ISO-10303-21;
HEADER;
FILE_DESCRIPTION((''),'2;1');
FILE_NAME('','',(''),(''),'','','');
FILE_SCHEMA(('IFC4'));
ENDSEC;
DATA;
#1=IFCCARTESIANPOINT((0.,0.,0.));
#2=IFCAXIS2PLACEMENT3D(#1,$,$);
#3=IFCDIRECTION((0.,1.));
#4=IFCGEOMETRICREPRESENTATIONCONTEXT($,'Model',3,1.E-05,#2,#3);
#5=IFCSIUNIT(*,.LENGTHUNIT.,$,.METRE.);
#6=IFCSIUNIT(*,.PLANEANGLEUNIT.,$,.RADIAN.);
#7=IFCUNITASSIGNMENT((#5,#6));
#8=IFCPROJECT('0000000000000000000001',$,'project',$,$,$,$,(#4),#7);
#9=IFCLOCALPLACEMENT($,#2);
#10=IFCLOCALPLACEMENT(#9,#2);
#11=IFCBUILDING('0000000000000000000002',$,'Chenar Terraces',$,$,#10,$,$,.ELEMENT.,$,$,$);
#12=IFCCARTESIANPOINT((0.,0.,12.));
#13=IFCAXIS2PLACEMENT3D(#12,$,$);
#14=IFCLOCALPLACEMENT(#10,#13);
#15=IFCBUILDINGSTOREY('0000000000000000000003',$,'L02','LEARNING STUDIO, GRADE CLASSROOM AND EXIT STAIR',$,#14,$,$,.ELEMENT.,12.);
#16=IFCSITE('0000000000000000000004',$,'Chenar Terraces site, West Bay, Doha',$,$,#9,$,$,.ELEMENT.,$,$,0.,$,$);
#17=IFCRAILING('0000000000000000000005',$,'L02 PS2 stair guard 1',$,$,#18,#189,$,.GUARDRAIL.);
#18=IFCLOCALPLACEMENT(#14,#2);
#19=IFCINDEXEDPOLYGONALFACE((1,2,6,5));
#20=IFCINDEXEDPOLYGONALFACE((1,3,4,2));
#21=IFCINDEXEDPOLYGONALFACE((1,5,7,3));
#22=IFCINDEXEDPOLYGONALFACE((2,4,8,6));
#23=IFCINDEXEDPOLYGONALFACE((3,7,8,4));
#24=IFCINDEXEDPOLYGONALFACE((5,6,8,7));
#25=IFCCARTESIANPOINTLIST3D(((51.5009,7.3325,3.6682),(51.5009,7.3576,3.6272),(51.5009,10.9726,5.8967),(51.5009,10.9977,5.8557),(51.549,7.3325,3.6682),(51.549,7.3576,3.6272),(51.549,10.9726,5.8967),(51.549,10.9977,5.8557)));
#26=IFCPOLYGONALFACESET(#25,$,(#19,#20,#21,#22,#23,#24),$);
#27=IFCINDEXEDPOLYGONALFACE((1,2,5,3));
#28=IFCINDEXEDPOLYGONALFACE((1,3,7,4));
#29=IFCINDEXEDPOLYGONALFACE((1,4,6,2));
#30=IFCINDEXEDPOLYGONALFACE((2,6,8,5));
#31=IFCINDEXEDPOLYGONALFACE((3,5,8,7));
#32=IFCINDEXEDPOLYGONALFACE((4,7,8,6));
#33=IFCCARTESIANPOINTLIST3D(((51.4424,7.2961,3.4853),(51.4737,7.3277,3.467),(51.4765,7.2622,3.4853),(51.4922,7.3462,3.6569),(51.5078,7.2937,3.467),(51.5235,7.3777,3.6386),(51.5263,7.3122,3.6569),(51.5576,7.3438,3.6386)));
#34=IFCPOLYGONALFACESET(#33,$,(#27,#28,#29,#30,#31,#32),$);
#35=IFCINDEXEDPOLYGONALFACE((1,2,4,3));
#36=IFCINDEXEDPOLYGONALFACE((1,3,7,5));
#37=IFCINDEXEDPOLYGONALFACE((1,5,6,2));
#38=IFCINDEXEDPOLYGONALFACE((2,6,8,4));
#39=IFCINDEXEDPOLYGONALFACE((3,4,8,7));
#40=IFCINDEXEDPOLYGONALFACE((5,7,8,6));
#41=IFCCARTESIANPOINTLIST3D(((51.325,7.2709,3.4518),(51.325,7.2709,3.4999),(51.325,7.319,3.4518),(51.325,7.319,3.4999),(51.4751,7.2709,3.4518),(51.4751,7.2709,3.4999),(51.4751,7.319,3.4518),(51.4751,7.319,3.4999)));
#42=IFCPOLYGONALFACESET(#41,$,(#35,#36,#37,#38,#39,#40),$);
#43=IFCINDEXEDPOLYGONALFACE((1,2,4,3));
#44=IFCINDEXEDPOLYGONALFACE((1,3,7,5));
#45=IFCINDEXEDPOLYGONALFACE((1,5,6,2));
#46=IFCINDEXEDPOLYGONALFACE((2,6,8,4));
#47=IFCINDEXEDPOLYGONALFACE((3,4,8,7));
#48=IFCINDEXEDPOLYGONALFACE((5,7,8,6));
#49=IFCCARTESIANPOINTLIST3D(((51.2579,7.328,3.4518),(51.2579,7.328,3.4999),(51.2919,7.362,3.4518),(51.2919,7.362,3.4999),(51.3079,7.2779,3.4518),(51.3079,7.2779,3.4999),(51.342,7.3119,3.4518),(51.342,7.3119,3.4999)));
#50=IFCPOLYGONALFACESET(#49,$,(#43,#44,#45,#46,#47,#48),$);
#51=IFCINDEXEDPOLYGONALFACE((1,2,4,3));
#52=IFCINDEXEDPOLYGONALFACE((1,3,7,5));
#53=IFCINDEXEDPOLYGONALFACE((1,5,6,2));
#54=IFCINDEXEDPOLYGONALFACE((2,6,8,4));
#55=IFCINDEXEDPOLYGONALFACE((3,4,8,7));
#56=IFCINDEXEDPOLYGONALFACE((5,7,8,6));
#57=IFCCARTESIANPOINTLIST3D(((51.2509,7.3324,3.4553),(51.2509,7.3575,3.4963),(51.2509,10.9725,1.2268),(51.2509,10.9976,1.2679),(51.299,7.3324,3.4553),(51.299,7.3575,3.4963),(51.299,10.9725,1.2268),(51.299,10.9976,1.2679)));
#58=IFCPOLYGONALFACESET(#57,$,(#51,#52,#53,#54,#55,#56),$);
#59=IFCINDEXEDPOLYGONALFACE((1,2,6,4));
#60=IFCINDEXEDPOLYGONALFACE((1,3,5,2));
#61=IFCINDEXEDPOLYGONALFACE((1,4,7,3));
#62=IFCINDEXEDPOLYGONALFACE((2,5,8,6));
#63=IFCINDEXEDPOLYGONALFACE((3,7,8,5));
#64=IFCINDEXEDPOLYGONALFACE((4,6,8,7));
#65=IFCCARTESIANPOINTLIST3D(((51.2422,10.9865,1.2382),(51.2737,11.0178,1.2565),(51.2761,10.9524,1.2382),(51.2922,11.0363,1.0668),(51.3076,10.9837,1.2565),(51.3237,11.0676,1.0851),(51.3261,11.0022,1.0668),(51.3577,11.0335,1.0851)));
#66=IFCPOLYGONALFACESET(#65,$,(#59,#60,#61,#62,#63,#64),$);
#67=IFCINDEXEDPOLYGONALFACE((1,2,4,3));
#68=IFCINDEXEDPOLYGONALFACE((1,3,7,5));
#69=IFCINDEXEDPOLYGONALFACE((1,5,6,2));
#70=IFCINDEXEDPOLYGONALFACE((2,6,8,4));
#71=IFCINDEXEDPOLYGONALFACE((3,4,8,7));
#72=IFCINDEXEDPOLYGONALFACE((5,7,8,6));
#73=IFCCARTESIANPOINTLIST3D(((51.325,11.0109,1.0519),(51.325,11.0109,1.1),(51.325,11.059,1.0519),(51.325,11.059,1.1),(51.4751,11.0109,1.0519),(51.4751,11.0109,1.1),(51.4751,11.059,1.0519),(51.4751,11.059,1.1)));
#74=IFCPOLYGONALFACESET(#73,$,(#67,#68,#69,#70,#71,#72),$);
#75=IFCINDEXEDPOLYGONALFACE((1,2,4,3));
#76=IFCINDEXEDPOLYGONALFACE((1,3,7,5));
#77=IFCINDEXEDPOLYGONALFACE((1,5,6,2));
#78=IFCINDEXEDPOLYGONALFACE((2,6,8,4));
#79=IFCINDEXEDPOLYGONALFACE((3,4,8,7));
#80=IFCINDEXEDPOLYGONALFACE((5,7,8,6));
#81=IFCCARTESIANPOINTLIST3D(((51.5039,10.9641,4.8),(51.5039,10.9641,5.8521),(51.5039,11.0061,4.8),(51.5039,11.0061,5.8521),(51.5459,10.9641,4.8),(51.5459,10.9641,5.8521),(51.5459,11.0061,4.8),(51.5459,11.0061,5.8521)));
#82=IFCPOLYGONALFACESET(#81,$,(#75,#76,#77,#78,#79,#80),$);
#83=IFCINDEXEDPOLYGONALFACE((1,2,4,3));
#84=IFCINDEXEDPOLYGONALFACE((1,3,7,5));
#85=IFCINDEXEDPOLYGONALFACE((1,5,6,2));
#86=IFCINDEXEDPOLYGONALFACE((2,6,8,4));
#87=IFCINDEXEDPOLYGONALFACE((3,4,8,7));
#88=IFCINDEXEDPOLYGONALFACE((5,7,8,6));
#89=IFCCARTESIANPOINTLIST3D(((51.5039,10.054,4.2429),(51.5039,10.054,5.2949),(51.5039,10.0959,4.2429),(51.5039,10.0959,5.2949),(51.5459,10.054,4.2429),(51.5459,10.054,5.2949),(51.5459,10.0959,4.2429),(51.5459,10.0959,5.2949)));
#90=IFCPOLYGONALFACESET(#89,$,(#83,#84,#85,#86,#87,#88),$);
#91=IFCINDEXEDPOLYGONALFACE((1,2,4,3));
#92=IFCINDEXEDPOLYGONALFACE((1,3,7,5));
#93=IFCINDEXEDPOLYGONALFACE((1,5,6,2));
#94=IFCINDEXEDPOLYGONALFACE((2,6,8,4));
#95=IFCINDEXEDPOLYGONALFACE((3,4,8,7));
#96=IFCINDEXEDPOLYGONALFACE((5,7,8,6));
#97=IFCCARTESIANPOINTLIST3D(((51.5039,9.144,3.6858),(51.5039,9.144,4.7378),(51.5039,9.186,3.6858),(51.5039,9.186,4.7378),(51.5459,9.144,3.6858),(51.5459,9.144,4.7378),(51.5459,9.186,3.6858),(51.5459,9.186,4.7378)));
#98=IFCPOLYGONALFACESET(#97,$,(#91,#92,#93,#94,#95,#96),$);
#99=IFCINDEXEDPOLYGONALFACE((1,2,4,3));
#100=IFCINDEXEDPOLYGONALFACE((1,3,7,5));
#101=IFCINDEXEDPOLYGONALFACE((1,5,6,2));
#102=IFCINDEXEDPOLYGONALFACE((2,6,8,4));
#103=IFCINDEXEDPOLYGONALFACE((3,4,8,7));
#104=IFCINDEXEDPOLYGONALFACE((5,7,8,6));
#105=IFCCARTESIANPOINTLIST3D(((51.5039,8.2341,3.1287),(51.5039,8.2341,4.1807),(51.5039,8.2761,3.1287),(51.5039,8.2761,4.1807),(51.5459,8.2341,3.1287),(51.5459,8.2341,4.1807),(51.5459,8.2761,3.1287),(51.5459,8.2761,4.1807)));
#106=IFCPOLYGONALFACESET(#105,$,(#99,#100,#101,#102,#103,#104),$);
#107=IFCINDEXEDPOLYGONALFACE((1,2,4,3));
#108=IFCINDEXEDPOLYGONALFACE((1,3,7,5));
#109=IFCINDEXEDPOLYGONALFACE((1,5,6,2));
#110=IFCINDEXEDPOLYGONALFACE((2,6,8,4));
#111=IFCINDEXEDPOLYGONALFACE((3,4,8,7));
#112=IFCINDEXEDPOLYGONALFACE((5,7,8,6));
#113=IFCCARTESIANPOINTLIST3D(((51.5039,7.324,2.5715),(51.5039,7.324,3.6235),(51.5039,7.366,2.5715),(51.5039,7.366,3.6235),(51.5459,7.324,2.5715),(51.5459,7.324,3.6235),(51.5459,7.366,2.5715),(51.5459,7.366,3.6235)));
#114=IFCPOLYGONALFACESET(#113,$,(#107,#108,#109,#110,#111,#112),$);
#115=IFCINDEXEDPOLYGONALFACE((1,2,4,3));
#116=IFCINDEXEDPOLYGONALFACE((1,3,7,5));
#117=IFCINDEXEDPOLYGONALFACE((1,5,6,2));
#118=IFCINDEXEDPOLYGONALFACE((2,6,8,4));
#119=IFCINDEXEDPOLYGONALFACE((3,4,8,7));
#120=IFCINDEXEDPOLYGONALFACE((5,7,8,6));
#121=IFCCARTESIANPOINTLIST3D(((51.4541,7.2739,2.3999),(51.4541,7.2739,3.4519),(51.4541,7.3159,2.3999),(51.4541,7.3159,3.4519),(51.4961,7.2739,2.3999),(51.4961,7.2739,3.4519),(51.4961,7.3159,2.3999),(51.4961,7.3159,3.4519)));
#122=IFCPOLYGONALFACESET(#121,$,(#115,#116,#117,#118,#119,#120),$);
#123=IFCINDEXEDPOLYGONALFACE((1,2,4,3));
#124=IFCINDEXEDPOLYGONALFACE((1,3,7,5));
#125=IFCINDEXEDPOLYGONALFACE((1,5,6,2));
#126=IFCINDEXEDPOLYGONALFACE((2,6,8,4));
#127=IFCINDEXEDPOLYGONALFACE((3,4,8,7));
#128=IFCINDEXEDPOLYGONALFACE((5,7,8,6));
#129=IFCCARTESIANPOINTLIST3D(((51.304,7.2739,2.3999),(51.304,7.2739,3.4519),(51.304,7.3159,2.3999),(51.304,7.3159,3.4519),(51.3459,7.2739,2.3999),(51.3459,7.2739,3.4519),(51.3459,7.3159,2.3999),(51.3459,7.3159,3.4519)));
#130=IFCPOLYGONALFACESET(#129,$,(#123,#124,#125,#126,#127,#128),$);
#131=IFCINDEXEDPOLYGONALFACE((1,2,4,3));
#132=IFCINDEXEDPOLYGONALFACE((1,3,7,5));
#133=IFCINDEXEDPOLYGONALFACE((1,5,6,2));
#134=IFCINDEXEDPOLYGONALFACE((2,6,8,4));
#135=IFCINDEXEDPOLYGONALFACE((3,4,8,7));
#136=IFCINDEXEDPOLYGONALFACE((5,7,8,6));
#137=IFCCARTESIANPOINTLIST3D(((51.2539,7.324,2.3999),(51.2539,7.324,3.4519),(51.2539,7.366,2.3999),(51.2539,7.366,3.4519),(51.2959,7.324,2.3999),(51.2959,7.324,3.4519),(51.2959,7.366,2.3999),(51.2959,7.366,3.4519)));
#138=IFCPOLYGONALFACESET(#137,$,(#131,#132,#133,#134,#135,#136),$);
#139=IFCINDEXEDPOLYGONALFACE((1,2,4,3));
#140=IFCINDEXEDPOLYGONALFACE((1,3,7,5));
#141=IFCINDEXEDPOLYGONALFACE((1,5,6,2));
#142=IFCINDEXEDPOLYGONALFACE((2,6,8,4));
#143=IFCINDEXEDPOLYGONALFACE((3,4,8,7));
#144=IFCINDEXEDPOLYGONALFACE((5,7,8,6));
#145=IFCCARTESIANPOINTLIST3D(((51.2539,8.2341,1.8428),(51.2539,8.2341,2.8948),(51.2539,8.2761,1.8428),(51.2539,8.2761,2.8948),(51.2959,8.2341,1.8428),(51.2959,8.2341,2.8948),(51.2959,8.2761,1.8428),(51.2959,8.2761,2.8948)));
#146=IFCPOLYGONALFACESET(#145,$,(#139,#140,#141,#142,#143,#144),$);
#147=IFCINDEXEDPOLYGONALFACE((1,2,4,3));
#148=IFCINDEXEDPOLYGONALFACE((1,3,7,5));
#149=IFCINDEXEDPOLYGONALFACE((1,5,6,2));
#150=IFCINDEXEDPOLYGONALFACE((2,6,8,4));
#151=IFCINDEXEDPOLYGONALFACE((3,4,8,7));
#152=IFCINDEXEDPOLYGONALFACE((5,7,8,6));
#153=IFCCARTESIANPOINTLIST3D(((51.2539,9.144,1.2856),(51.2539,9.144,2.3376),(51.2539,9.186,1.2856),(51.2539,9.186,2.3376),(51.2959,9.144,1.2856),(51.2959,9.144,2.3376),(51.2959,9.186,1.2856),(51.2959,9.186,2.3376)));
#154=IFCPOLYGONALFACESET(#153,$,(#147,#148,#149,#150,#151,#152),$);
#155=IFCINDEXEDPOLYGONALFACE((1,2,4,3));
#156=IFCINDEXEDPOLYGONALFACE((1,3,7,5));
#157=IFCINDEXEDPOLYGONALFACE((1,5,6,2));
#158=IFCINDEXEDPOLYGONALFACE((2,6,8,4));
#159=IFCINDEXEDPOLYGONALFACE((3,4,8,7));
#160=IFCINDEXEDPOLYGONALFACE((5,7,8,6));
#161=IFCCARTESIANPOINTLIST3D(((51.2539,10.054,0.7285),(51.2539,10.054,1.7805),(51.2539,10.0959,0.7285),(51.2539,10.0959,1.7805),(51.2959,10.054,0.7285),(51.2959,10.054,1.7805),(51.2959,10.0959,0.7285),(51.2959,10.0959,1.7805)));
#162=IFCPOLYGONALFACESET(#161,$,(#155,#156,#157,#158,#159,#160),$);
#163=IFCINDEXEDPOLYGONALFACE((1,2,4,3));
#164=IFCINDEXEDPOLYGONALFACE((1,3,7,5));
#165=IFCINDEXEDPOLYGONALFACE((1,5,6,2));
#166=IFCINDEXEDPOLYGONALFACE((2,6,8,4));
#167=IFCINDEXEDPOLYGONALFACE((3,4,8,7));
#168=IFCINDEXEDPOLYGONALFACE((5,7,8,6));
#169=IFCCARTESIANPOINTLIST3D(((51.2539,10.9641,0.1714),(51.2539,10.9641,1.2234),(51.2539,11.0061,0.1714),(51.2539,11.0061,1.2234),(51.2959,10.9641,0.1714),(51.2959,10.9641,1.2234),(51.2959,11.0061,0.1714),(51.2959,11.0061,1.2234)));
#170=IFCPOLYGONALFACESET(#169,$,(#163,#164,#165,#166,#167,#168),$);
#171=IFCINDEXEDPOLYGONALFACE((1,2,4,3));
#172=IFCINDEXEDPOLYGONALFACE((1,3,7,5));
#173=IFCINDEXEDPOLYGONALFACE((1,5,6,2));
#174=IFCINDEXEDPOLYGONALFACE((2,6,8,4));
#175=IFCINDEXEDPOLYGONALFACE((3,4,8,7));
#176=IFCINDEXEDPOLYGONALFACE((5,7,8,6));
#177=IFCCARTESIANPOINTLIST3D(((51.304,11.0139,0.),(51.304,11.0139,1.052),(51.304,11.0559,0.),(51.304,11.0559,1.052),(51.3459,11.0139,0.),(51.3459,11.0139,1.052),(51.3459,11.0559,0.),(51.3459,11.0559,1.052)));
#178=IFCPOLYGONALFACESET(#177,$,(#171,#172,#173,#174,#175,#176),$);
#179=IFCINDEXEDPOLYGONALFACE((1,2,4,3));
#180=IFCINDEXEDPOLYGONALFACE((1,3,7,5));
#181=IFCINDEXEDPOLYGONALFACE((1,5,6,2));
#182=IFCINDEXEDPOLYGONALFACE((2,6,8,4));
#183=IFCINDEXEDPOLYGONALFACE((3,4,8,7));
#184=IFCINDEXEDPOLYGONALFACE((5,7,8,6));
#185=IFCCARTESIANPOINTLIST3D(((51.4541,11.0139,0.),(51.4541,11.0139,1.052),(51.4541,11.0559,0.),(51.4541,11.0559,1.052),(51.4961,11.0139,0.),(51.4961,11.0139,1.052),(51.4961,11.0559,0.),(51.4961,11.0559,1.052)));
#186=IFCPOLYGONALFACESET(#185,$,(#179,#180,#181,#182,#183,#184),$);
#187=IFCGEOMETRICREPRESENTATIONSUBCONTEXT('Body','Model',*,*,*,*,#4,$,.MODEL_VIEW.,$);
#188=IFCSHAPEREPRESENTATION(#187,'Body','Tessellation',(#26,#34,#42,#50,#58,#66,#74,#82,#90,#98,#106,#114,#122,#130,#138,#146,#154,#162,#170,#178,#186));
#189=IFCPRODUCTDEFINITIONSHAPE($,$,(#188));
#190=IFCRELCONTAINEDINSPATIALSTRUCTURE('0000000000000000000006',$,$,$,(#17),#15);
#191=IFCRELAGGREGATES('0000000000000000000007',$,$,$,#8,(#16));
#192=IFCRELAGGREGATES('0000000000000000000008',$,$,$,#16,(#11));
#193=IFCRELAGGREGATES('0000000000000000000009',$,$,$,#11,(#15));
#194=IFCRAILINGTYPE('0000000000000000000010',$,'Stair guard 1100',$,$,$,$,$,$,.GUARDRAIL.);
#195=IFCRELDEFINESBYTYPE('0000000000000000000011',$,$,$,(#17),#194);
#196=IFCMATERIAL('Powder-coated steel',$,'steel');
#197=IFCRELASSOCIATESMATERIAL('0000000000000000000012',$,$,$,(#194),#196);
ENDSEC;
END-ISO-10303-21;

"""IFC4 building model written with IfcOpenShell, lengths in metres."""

from ifc_helpers import new_model, si_unit, direction, frame, origin, origin_2d, place, context, subcontext, project, spatial, rectangle, extrude, material, type_object, element, save


model = new_model("IFC4")

# Units and contexts
model_context = context("Model", 3, precision=1e-05, world=origin(), true_north=direction((0.0, 1.0)))
body_context = subcontext(model_context, "Body", "Model", "MODEL_VIEW")
ifc_project = project(units=[si_unit("LENGTHUNIT", "METRE"), si_unit("PLANEANGLEUNIT", "RADIAN")], contexts=[model_context])

# Site, building, storey
site_placement = place(None, origin())
site = spatial("IfcSite", under=ifc_project, at=site_placement, Name="Chenar Terraces site, West Bay, Doha", CompositionType="ELEMENT", RefElevation=0.0)
building_placement = place(site_placement, origin())
building = spatial("IfcBuilding", under=site, at=building_placement, Name="Chenar Terraces", CompositionType="ELEMENT")
storey_placement = place(building_placement, frame((0.0, 0.0, 12.0)))
storey = spatial("IfcBuildingStorey", under=building, at=storey_placement, Name="L02", Description="LEARNING STUDIO, GRADE CLASSROOM AND EXIT STAIR", CompositionType="ELEMENT", Elevation=12.0)

# Railing
ifc_material_1 = material(Name="Powder-coated steel", Category="steel")
railing_type_1 = type_object("IfcRailingType", Name="Stair guard 1100", PredefinedType="GUARDRAIL", material=ifc_material_1)
railing_1_placement = place(storey_placement, frame((51.5249, 10.9851, 4.8)))
element("IfcRailing", 1, at=railing_1_placement, inside=storey, type_object=railing_type_1, Name="L02 PS2 stair guard 1", PredefinedType="GUARDRAIL", context=body_context, shape_type="SweptSolid", body=[
    extrude(rectangle(XDim=0.0481, YDim=0.0481, at=origin_2d()), frame((0.0, 0.0, 1.0762), z_axis=(0.0, -0.852866, -0.52213), x_axis=(1.0, 0.0, 0.0)), (0.0, 0.0, 1.0), 4.2681),
    extrude(rectangle(XDim=0.0481, YDim=0.0481, at=origin_2d()), frame((0.0, -3.6401, -1.1523), z_axis=(-0.268363, -0.269678, -0.9248), x_axis=(0.708834, -0.705376, 0.0)), (0.0, 0.0, 1.0), 0.1855),
    extrude(rectangle(XDim=0.0481, YDim=0.0481, at=origin_2d()), frame((-0.0498, -3.6902, -1.3242), z_axis=(-1.0, 0.0, 0.0), x_axis=(0.0, -1.0, 0.0)), (0.0, 0.0, 1.0), 0.1501),
    extrude(rectangle(XDim=0.0481, YDim=0.0481, at=origin_2d()), frame((-0.2, -3.6902, -1.3242), z_axis=(-0.707107, 0.707107, 0.0), x_axis=(-0.707107, -0.707107, 0.0)), (0.0, 0.0, 1.0), 0.0708),
    extrude(rectangle(XDim=0.0481, YDim=0.0481, at=origin_2d()), frame((-0.25, -3.6401, -1.3242), z_axis=(0.0, 0.852866, -0.52213), x_axis=(-1.0, 0.0, 0.0)), (0.0, 0.0, 1.0), 4.2681),
    extrude(rectangle(XDim=0.0481, YDim=0.0481, at=origin_2d()), frame((-0.25, 0.0, -3.5527), z_axis=(0.270007, 0.26869, -0.924609), x_axis=(-0.705376, 0.708834, 0.0)), (0.0, 0.0, 1.0), 0.1853),
    extrude(rectangle(XDim=0.0481, YDim=0.0481, at=origin_2d()), frame((-0.2, 0.0498, -3.7241), z_axis=(1.0, 0.0, 0.0), x_axis=(0.0, 1.0, 0.0)), (0.0, 0.0, 1.0), 0.1501),
    extrude(rectangle(XDim=0.042, YDim=0.042, at=origin_2d()), origin(), (0.0, 0.0, 1.0), 1.052),
    extrude(rectangle(XDim=0.042, YDim=0.042, at=origin_2d()), frame((0.0, -0.9102, -0.5571)), (0.0, 0.0, 1.0), 1.052),
    extrude(rectangle(XDim=0.042, YDim=0.042, at=origin_2d()), frame((0.0, -1.8201, -1.1143)), (0.0, 0.0, 1.0), 1.052),
    extrude(rectangle(XDim=0.042, YDim=0.042, at=origin_2d()), frame((0.0, -2.73, -1.6714)), (0.0, 0.0, 1.0), 1.052),
    extrude(rectangle(XDim=0.042, YDim=0.042, at=origin_2d()), frame((0.0, -3.6401, -2.2285)), (0.0, 0.0, 1.0), 1.052),
    extrude(rectangle(XDim=0.042, YDim=0.042, at=origin_2d()), frame((-0.0498, -3.6902, -2.4001)), (0.0, 0.0, 1.0), 1.052),
    extrude(rectangle(XDim=0.042, YDim=0.042, at=origin_2d()), frame((-0.2, -3.6902, -2.4001)), (0.0, 0.0, 1.0), 1.052),
    extrude(rectangle(XDim=0.042, YDim=0.042, at=origin_2d()), frame((-0.25, -3.6401, -2.4001)), (0.0, 0.0, 1.0), 1.052),
    extrude(rectangle(XDim=0.042, YDim=0.042, at=origin_2d()), frame((-0.25, -2.73, -2.9573)), (0.0, 0.0, 1.0), 1.052),
    extrude(rectangle(XDim=0.042, YDim=0.042, at=origin_2d()), frame((-0.25, -1.8201, -3.5144)), (0.0, 0.0, 1.0), 1.052),
    extrude(rectangle(XDim=0.042, YDim=0.042, at=origin_2d()), frame((-0.25, -0.9102, -4.0715)), (0.0, 0.0, 1.0), 1.052),
    extrude(rectangle(XDim=0.042, YDim=0.042, at=origin_2d()), frame((-0.25, 0.0, -4.6287)), (0.0, 0.0, 1.0), 1.052),
    extrude(rectangle(XDim=0.042, YDim=0.042, at=origin_2d()), frame((-0.2, 0.0498, -4.8)), (0.0, 0.0, 1.0), 1.052),
    extrude(rectangle(XDim=0.042, YDim=0.042, at=origin_2d()), frame((-0.0498, 0.0498, -4.8)), (0.0, 0.0, 1.0), 1.052),
])

save(model, "model.ifc")
